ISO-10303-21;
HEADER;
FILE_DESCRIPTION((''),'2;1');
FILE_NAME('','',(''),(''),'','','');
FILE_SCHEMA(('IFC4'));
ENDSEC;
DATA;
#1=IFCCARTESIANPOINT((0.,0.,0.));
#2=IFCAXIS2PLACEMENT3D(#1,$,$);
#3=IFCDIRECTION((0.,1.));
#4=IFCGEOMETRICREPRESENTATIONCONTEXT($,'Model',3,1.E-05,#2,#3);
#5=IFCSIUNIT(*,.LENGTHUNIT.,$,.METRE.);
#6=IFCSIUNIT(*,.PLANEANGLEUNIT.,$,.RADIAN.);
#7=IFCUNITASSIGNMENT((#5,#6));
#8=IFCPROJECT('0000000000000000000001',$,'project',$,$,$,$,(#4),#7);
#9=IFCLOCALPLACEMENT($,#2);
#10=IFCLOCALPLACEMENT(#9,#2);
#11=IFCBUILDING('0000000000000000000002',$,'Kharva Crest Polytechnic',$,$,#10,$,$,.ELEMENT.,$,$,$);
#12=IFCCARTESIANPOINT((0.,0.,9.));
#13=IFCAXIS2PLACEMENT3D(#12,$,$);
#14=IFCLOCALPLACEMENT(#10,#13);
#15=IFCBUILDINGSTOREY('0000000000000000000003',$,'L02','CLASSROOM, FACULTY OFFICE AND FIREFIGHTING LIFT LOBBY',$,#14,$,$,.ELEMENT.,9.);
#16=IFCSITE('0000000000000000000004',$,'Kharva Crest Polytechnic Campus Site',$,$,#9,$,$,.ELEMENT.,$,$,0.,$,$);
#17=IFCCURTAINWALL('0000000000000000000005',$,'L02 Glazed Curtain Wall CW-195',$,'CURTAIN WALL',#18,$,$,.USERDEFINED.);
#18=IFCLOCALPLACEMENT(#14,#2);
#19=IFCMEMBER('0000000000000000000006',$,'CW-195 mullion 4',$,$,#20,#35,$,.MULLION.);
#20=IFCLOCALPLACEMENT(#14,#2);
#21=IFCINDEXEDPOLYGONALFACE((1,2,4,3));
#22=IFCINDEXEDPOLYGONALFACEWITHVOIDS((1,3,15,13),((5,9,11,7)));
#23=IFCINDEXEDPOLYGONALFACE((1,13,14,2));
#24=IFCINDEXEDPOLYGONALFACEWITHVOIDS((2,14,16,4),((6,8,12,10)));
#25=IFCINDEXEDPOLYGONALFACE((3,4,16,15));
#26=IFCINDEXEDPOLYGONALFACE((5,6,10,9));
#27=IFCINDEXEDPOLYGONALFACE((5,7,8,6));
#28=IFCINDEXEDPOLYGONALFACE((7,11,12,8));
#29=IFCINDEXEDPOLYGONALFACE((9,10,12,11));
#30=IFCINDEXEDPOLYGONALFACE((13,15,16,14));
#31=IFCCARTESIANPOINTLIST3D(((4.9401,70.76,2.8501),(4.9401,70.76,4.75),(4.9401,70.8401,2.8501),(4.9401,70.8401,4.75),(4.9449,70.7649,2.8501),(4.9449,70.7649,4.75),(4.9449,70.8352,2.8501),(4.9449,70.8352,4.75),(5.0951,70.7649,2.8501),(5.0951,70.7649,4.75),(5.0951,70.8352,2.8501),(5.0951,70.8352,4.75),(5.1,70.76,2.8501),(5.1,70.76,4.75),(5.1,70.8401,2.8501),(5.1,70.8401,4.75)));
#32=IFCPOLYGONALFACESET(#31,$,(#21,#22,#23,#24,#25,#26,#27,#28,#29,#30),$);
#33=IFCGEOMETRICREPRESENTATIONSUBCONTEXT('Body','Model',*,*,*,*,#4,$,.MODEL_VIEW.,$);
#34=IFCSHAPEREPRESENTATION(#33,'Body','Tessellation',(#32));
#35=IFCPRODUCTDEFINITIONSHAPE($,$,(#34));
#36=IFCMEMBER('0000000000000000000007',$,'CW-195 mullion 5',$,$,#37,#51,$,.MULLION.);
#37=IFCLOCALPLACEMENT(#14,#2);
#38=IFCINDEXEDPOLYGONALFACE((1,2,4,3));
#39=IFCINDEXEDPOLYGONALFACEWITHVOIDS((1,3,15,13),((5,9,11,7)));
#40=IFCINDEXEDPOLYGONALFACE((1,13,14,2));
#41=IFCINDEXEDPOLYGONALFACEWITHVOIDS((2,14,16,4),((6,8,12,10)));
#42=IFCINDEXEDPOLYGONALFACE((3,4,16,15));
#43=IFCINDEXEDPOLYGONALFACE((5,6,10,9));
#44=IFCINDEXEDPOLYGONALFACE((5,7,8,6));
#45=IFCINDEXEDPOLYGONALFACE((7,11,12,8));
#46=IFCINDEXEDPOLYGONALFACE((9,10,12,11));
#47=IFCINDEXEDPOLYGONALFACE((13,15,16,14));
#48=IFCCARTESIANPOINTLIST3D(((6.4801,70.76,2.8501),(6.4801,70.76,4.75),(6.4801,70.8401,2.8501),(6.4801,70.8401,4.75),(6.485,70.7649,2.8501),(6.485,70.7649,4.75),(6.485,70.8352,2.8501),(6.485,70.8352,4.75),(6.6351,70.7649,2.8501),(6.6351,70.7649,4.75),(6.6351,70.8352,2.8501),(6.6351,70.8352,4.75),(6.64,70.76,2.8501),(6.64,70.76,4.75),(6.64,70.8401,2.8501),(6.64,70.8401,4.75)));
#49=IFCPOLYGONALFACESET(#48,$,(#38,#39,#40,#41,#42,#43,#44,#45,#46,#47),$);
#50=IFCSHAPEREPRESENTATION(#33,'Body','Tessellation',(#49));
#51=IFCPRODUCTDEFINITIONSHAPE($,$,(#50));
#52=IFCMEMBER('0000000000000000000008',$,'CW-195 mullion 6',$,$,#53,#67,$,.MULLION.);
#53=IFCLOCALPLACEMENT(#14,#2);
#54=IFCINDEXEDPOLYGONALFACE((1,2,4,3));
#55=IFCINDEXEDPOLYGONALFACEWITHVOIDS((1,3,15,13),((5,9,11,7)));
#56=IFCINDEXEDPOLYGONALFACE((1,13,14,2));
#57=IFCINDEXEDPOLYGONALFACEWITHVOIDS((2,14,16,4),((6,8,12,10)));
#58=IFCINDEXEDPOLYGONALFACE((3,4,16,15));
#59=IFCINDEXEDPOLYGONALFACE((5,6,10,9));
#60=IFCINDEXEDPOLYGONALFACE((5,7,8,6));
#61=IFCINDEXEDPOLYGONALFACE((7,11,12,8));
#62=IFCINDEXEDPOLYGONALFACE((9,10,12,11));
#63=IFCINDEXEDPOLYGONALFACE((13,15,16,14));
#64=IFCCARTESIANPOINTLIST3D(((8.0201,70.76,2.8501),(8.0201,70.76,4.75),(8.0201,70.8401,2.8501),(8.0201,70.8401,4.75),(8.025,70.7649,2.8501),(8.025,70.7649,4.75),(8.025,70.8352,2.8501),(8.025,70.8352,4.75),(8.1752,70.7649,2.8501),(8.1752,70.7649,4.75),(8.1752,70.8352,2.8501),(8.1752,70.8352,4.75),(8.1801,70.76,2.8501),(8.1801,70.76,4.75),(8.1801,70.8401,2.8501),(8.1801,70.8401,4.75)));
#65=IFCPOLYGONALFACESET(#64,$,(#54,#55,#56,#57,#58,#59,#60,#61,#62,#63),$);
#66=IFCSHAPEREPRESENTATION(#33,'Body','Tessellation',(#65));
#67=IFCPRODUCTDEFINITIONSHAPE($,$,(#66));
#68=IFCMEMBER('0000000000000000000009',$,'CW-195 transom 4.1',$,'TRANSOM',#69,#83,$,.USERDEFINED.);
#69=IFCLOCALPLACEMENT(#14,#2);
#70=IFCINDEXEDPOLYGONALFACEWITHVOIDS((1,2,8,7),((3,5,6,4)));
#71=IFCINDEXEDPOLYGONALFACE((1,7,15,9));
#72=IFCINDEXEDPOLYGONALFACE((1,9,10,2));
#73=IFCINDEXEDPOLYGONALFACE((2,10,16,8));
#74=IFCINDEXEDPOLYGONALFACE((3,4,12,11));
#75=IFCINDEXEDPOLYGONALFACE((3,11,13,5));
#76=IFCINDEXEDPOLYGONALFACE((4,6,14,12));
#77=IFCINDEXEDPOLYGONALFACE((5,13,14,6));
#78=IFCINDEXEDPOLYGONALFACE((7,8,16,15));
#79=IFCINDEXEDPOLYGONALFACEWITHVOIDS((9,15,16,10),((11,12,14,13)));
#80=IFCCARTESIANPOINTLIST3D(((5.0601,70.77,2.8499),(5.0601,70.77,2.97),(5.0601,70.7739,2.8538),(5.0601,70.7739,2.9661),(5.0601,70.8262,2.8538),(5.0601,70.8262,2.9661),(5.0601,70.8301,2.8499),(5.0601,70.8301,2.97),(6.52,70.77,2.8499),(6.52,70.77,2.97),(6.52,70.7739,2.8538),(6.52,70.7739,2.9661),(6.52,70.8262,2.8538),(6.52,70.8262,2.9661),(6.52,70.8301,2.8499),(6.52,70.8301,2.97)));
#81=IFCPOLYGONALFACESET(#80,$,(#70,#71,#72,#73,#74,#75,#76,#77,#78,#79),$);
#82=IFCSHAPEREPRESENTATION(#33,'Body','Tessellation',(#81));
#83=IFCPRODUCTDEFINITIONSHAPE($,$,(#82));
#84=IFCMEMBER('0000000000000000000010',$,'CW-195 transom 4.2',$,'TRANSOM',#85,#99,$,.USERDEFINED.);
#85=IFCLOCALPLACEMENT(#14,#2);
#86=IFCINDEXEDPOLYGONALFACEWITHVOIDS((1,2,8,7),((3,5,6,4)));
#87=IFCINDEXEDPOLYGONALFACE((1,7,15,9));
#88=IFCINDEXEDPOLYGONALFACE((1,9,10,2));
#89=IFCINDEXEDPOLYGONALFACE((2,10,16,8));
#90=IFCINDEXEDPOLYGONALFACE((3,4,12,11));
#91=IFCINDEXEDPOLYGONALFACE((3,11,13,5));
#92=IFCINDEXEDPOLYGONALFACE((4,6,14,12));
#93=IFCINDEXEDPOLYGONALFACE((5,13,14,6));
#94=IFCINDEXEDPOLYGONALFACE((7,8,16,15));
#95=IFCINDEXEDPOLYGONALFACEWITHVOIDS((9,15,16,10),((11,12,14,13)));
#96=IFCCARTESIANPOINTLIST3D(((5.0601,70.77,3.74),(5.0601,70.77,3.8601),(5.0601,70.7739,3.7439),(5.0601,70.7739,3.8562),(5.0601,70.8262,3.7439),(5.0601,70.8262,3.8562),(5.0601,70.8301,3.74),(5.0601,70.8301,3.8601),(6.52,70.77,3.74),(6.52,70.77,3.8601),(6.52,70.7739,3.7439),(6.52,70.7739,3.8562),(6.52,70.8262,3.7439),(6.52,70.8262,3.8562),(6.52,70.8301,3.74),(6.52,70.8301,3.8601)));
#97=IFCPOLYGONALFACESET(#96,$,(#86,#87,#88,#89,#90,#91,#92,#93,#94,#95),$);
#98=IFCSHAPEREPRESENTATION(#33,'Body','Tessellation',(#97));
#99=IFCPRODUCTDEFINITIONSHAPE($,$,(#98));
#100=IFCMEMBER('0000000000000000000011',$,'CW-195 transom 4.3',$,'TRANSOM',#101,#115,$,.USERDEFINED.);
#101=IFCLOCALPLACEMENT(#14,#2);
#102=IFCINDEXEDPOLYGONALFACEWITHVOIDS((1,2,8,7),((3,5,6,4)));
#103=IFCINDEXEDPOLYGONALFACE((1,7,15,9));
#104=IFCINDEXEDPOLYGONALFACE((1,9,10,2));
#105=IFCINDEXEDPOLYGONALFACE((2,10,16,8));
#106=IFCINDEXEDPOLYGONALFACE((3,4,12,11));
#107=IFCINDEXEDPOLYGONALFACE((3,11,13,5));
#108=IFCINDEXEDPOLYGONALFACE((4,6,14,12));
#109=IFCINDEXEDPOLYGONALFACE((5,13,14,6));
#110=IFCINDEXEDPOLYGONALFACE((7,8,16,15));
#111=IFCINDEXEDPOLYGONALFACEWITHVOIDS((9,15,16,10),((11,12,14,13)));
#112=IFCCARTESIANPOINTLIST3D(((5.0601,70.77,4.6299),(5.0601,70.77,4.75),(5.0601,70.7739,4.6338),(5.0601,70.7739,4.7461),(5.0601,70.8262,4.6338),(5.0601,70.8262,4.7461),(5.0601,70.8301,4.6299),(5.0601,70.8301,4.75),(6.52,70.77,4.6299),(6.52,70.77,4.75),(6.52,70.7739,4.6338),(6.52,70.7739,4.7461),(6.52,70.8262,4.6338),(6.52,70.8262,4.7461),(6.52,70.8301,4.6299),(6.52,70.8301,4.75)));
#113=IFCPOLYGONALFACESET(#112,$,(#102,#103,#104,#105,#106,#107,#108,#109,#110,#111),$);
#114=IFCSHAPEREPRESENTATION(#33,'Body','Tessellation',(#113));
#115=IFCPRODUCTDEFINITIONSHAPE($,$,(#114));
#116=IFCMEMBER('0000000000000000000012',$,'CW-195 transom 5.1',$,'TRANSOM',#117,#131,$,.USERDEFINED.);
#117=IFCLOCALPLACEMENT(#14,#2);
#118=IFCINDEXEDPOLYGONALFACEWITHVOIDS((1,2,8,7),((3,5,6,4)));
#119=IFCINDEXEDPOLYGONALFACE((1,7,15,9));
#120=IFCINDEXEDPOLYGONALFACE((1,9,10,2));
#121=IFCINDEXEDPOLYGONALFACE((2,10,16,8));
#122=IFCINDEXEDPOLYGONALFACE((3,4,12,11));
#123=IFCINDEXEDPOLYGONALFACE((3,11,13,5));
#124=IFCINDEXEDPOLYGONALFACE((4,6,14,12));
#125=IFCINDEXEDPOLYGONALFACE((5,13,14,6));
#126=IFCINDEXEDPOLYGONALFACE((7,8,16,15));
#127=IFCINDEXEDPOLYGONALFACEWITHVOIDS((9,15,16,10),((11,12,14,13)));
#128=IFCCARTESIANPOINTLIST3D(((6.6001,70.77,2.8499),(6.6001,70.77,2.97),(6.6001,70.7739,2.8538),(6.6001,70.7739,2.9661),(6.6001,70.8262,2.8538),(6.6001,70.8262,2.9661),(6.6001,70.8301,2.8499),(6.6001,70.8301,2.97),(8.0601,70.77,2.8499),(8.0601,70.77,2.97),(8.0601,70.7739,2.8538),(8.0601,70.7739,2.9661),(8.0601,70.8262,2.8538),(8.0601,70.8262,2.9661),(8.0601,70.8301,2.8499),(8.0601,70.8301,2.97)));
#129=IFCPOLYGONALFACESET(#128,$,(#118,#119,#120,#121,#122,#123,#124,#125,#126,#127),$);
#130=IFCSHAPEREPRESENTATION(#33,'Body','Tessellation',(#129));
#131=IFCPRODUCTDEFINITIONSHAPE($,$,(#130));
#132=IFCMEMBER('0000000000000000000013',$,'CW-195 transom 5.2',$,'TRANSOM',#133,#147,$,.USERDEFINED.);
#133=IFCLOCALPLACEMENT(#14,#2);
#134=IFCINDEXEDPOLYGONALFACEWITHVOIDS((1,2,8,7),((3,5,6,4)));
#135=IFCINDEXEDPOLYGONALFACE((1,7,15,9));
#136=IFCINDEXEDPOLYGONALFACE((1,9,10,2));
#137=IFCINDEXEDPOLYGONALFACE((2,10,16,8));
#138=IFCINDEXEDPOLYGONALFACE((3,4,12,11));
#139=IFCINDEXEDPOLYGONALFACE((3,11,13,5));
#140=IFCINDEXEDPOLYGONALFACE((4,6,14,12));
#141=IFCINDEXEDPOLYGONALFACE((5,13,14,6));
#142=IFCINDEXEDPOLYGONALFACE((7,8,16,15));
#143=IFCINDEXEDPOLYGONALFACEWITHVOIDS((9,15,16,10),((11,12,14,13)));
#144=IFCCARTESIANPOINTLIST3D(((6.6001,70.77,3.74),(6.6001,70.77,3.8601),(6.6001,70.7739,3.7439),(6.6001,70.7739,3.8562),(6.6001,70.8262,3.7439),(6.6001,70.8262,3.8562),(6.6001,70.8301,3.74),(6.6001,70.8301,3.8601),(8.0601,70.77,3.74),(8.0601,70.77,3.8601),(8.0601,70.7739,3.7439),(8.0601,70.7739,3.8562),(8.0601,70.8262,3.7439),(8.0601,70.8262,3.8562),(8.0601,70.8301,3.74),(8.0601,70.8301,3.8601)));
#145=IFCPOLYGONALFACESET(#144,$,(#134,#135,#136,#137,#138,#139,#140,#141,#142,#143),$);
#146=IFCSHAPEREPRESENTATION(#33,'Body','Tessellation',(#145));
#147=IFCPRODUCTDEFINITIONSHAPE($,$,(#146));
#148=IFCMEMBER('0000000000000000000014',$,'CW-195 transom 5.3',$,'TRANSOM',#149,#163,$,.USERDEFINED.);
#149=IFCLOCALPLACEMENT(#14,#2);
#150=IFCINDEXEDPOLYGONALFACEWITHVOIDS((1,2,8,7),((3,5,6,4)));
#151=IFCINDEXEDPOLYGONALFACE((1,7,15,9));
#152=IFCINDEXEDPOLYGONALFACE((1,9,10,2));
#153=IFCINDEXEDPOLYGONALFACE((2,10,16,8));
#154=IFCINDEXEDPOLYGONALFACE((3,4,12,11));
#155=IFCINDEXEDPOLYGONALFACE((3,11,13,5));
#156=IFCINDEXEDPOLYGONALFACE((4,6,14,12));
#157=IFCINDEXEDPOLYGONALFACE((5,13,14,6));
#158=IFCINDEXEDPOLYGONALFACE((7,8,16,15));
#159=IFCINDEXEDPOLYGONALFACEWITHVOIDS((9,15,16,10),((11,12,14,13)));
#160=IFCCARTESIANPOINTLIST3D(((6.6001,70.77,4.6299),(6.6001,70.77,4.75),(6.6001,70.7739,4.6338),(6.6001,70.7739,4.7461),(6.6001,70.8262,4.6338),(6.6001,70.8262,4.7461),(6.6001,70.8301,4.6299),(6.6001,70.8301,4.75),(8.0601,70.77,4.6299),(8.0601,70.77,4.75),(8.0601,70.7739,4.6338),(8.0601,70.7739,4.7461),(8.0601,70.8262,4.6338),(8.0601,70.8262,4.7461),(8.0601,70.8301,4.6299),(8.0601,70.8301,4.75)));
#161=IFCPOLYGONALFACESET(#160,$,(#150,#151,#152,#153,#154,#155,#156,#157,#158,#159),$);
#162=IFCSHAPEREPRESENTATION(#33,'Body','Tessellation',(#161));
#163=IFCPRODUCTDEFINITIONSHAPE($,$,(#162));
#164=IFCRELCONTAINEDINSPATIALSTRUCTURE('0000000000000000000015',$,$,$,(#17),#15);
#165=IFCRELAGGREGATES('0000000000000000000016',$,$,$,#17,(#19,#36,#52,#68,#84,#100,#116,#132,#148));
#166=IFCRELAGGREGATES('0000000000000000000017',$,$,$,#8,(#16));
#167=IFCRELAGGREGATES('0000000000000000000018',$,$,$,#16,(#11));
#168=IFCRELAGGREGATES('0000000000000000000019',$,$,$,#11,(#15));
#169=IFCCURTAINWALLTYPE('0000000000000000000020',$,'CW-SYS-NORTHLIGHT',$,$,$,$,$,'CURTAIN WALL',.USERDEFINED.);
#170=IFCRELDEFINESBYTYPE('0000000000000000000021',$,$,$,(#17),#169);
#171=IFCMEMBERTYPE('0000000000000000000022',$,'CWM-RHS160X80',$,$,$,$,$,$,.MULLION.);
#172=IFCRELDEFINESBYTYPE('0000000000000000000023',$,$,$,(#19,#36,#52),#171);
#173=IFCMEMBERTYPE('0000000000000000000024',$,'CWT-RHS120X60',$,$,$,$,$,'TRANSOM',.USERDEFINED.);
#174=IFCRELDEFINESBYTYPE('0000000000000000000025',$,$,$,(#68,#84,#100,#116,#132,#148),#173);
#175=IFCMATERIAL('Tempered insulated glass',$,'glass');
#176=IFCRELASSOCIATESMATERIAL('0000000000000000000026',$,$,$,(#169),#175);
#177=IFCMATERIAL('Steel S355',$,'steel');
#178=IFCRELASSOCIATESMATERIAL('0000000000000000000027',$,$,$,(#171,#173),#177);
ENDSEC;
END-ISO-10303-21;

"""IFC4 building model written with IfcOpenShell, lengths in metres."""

from ifc_helpers import new_model, si_unit, direction, frame, origin, origin_2d, place, context, subcontext, project, spatial, hollow_rectangle, extrude, material, material_profile, profile_set, type_object, element, aggregate, save


model = new_model("IFC4")

# Units and contexts
model_context = context("Model", 3, precision=1e-05, world=origin(), true_north=direction((0.0, 1.0)))
body_context = subcontext(model_context, "Body", "Model", "MODEL_VIEW")
ifc_project = project(units=[si_unit("LENGTHUNIT", "METRE"), si_unit("PLANEANGLEUNIT", "RADIAN")], contexts=[model_context])

# Site, building, storey
site_placement = place(None, origin())
site = spatial("IfcSite", under=ifc_project, at=site_placement, Name="Kharva Crest Polytechnic Campus Site", CompositionType="ELEMENT", RefElevation=0.0)
building_placement = place(site_placement, origin())
building = spatial("IfcBuilding", under=site, at=building_placement, Name="Kharva Crest Polytechnic", CompositionType="ELEMENT")
storey_placement = place(building_placement, frame((0.0, 0.0, 9.0)))
storey = spatial("IfcBuildingStorey", under=building, at=storey_placement, Name="L02", Description="CLASSROOM, FACULTY OFFICE AND FIREFIGHTING LIFT LOBBY", CompositionType="ELEMENT", Elevation=9.0)

# Curtain wall, members
ifc_material_1 = material(Name="Tempered insulated glass", Category="glass")
curtain_wall_type = type_object("IfcCurtainWallType", Name="CW-SYS-NORTHLIGHT", ElementType="CURTAIN WALL", PredefinedType="USERDEFINED", material=ifc_material_1)
curtain_wall_placement = place(storey_placement, origin())
curtain_wall = element("IfcCurtainWall", 1, at=curtain_wall_placement, inside=storey, type_object=curtain_wall_type, Name="L02 Glazed Curtain Wall CW-195", ObjectType="CURTAIN WALL", PredefinedType="USERDEFINED")
ifc_material_2 = material(Name="Steel S355", Category="steel")
ifc_material_profile_1 = material_profile(ifc_material_2, hollow_rectangle(XDim=0.0801, YDim=0.1599, WallThickness=0.0049, at=origin_2d()), Name="RHS 160X80X5.0")
ifc_profile_set_1 = profile_set([ifc_material_profile_1], Name="Steel S355")
member_type_1 = type_object("IfcMemberType", Name="CWM-RHS160X80", PredefinedType="MULLION", material=ifc_profile_set_1)
member_1_placement = place(storey_placement, frame((5.02, 70.8, 2.8501), z_axis=(0.0, 0.0, 1.0), x_axis=(0.0, 1.0, 0.0)))
member_1 = element("IfcMember", 2, at=member_1_placement, type_object=member_type_1, Name="CW-195 mullion 4", PredefinedType="MULLION", context=body_context, shape_type="SweptSolid", body=[
    extrude(hollow_rectangle(XDim=0.0801, YDim=0.1599, WallThickness=0.0049, at=origin_2d()), origin(), (0.0, 0.0, 1.0), 1.8999),
])
member_2_placement = place(storey_placement, frame((6.5601, 70.8, 2.8501), z_axis=(0.0, 0.0, 1.0), x_axis=(0.0, 1.0, 0.0)))
member_2 = element("IfcMember", 3, at=member_2_placement, type_object=member_type_1, Name="CW-195 mullion 5", PredefinedType="MULLION", context=body_context, shape_type="SweptSolid", body=[
    extrude(hollow_rectangle(XDim=0.0801, YDim=0.1599, WallThickness=0.0049, at=origin_2d()), origin(), (0.0, 0.0, 1.0), 1.8999),
])
member_3_placement = place(storey_placement, frame((8.1001, 70.8, 2.8501), z_axis=(0.0, 0.0, 1.0), x_axis=(0.0, 1.0, 0.0)))
member_3 = element("IfcMember", 4, at=member_3_placement, type_object=member_type_1, Name="CW-195 mullion 6", PredefinedType="MULLION", context=body_context, shape_type="SweptSolid", body=[
    extrude(hollow_rectangle(XDim=0.0801, YDim=0.1599, WallThickness=0.0049, at=origin_2d()), origin(), (0.0, 0.0, 1.0), 1.8999),
])
ifc_material_profile_2 = material_profile(ifc_material_2, hollow_rectangle(XDim=0.0601, YDim=0.1201, WallThickness=0.0039, at=origin_2d()), Name="RHS 120X60X4.0")
ifc_profile_set_2 = profile_set([ifc_material_profile_2], Name="Steel S355")
member_type_2 = type_object("IfcMemberType", Name="CWT-RHS120X60", ElementType="TRANSOM", PredefinedType="USERDEFINED", material=ifc_profile_set_2)
member_4_placement = place(storey_placement, frame((5.0601, 70.8, 2.9099), z_axis=(1.0, 0.0, 0.0), x_axis=(0.0, 1.0, 0.0)))
member_4 = element("IfcMember", 5, at=member_4_placement, type_object=member_type_2, Name="CW-195 transom 4.1", ObjectType="TRANSOM", PredefinedType="USERDEFINED", context=body_context, shape_type="SweptSolid", body=[
    extrude(hollow_rectangle(XDim=0.0601, YDim=0.1201, WallThickness=0.0039, at=origin_2d()), origin(), (0.0, 0.0, 1.0), 1.46),
])
member_5_placement = place(storey_placement, frame((5.0601, 70.8, 3.8), z_axis=(1.0, 0.0, 0.0), x_axis=(0.0, 1.0, 0.0)))
member_5 = element("IfcMember", 6, at=member_5_placement, type_object=member_type_2, Name="CW-195 transom 4.2", ObjectType="TRANSOM", PredefinedType="USERDEFINED", context=body_context, shape_type="SweptSolid", body=[
    extrude(hollow_rectangle(XDim=0.0601, YDim=0.1201, WallThickness=0.0039, at=origin_2d()), origin(), (0.0, 0.0, 1.0), 1.46),
])
member_6_placement = place(storey_placement, frame((5.0601, 70.8, 4.6899), z_axis=(1.0, 0.0, 0.0), x_axis=(0.0, 1.0, 0.0)))
member_6 = element("IfcMember", 7, at=member_6_placement, type_object=member_type_2, Name="CW-195 transom 4.3", ObjectType="TRANSOM", PredefinedType="USERDEFINED", context=body_context, shape_type="SweptSolid", body=[
    extrude(hollow_rectangle(XDim=0.0601, YDim=0.1201, WallThickness=0.0039, at=origin_2d()), origin(), (0.0, 0.0, 1.0), 1.46),
])
member_7_placement = place(storey_placement, frame((6.6001, 70.8, 2.9099), z_axis=(1.0, 0.0, 0.0), x_axis=(0.0, 1.0, 0.0)))
member_7 = element("IfcMember", 8, at=member_7_placement, type_object=member_type_2, Name="CW-195 transom 5.1", ObjectType="TRANSOM", PredefinedType="USERDEFINED", context=body_context, shape_type="SweptSolid", body=[
    extrude(hollow_rectangle(XDim=0.0601, YDim=0.1201, WallThickness=0.0039, at=origin_2d()), origin(), (0.0, 0.0, 1.0), 1.46),
])
member_8_placement = place(storey_placement, frame((6.6001, 70.8, 3.8), z_axis=(1.0, 0.0, 0.0), x_axis=(0.0, 1.0, 0.0)))
member_8 = element("IfcMember", 9, at=member_8_placement, type_object=member_type_2, Name="CW-195 transom 5.2", ObjectType="TRANSOM", PredefinedType="USERDEFINED", context=body_context, shape_type="SweptSolid", body=[
    extrude(hollow_rectangle(XDim=0.0601, YDim=0.1201, WallThickness=0.0039, at=origin_2d()), origin(), (0.0, 0.0, 1.0), 1.46),
])
member_9_placement = place(storey_placement, frame((6.6001, 70.8, 4.6899), z_axis=(1.0, 0.0, 0.0), x_axis=(0.0, 1.0, 0.0)))
member_9 = element("IfcMember", 10, at=member_9_placement, type_object=member_type_2, Name="CW-195 transom 5.3", ObjectType="TRANSOM", PredefinedType="USERDEFINED", context=body_context, shape_type="SweptSolid", body=[
    extrude(hollow_rectangle(XDim=0.0601, YDim=0.1201, WallThickness=0.0039, at=origin_2d()), origin(), (0.0, 0.0, 1.0), 1.46),
])

aggregate(curtain_wall, [member_1, member_2, member_3, member_4, member_5, member_6, member_7, member_8, member_9])

save(model, "model.ifc")
